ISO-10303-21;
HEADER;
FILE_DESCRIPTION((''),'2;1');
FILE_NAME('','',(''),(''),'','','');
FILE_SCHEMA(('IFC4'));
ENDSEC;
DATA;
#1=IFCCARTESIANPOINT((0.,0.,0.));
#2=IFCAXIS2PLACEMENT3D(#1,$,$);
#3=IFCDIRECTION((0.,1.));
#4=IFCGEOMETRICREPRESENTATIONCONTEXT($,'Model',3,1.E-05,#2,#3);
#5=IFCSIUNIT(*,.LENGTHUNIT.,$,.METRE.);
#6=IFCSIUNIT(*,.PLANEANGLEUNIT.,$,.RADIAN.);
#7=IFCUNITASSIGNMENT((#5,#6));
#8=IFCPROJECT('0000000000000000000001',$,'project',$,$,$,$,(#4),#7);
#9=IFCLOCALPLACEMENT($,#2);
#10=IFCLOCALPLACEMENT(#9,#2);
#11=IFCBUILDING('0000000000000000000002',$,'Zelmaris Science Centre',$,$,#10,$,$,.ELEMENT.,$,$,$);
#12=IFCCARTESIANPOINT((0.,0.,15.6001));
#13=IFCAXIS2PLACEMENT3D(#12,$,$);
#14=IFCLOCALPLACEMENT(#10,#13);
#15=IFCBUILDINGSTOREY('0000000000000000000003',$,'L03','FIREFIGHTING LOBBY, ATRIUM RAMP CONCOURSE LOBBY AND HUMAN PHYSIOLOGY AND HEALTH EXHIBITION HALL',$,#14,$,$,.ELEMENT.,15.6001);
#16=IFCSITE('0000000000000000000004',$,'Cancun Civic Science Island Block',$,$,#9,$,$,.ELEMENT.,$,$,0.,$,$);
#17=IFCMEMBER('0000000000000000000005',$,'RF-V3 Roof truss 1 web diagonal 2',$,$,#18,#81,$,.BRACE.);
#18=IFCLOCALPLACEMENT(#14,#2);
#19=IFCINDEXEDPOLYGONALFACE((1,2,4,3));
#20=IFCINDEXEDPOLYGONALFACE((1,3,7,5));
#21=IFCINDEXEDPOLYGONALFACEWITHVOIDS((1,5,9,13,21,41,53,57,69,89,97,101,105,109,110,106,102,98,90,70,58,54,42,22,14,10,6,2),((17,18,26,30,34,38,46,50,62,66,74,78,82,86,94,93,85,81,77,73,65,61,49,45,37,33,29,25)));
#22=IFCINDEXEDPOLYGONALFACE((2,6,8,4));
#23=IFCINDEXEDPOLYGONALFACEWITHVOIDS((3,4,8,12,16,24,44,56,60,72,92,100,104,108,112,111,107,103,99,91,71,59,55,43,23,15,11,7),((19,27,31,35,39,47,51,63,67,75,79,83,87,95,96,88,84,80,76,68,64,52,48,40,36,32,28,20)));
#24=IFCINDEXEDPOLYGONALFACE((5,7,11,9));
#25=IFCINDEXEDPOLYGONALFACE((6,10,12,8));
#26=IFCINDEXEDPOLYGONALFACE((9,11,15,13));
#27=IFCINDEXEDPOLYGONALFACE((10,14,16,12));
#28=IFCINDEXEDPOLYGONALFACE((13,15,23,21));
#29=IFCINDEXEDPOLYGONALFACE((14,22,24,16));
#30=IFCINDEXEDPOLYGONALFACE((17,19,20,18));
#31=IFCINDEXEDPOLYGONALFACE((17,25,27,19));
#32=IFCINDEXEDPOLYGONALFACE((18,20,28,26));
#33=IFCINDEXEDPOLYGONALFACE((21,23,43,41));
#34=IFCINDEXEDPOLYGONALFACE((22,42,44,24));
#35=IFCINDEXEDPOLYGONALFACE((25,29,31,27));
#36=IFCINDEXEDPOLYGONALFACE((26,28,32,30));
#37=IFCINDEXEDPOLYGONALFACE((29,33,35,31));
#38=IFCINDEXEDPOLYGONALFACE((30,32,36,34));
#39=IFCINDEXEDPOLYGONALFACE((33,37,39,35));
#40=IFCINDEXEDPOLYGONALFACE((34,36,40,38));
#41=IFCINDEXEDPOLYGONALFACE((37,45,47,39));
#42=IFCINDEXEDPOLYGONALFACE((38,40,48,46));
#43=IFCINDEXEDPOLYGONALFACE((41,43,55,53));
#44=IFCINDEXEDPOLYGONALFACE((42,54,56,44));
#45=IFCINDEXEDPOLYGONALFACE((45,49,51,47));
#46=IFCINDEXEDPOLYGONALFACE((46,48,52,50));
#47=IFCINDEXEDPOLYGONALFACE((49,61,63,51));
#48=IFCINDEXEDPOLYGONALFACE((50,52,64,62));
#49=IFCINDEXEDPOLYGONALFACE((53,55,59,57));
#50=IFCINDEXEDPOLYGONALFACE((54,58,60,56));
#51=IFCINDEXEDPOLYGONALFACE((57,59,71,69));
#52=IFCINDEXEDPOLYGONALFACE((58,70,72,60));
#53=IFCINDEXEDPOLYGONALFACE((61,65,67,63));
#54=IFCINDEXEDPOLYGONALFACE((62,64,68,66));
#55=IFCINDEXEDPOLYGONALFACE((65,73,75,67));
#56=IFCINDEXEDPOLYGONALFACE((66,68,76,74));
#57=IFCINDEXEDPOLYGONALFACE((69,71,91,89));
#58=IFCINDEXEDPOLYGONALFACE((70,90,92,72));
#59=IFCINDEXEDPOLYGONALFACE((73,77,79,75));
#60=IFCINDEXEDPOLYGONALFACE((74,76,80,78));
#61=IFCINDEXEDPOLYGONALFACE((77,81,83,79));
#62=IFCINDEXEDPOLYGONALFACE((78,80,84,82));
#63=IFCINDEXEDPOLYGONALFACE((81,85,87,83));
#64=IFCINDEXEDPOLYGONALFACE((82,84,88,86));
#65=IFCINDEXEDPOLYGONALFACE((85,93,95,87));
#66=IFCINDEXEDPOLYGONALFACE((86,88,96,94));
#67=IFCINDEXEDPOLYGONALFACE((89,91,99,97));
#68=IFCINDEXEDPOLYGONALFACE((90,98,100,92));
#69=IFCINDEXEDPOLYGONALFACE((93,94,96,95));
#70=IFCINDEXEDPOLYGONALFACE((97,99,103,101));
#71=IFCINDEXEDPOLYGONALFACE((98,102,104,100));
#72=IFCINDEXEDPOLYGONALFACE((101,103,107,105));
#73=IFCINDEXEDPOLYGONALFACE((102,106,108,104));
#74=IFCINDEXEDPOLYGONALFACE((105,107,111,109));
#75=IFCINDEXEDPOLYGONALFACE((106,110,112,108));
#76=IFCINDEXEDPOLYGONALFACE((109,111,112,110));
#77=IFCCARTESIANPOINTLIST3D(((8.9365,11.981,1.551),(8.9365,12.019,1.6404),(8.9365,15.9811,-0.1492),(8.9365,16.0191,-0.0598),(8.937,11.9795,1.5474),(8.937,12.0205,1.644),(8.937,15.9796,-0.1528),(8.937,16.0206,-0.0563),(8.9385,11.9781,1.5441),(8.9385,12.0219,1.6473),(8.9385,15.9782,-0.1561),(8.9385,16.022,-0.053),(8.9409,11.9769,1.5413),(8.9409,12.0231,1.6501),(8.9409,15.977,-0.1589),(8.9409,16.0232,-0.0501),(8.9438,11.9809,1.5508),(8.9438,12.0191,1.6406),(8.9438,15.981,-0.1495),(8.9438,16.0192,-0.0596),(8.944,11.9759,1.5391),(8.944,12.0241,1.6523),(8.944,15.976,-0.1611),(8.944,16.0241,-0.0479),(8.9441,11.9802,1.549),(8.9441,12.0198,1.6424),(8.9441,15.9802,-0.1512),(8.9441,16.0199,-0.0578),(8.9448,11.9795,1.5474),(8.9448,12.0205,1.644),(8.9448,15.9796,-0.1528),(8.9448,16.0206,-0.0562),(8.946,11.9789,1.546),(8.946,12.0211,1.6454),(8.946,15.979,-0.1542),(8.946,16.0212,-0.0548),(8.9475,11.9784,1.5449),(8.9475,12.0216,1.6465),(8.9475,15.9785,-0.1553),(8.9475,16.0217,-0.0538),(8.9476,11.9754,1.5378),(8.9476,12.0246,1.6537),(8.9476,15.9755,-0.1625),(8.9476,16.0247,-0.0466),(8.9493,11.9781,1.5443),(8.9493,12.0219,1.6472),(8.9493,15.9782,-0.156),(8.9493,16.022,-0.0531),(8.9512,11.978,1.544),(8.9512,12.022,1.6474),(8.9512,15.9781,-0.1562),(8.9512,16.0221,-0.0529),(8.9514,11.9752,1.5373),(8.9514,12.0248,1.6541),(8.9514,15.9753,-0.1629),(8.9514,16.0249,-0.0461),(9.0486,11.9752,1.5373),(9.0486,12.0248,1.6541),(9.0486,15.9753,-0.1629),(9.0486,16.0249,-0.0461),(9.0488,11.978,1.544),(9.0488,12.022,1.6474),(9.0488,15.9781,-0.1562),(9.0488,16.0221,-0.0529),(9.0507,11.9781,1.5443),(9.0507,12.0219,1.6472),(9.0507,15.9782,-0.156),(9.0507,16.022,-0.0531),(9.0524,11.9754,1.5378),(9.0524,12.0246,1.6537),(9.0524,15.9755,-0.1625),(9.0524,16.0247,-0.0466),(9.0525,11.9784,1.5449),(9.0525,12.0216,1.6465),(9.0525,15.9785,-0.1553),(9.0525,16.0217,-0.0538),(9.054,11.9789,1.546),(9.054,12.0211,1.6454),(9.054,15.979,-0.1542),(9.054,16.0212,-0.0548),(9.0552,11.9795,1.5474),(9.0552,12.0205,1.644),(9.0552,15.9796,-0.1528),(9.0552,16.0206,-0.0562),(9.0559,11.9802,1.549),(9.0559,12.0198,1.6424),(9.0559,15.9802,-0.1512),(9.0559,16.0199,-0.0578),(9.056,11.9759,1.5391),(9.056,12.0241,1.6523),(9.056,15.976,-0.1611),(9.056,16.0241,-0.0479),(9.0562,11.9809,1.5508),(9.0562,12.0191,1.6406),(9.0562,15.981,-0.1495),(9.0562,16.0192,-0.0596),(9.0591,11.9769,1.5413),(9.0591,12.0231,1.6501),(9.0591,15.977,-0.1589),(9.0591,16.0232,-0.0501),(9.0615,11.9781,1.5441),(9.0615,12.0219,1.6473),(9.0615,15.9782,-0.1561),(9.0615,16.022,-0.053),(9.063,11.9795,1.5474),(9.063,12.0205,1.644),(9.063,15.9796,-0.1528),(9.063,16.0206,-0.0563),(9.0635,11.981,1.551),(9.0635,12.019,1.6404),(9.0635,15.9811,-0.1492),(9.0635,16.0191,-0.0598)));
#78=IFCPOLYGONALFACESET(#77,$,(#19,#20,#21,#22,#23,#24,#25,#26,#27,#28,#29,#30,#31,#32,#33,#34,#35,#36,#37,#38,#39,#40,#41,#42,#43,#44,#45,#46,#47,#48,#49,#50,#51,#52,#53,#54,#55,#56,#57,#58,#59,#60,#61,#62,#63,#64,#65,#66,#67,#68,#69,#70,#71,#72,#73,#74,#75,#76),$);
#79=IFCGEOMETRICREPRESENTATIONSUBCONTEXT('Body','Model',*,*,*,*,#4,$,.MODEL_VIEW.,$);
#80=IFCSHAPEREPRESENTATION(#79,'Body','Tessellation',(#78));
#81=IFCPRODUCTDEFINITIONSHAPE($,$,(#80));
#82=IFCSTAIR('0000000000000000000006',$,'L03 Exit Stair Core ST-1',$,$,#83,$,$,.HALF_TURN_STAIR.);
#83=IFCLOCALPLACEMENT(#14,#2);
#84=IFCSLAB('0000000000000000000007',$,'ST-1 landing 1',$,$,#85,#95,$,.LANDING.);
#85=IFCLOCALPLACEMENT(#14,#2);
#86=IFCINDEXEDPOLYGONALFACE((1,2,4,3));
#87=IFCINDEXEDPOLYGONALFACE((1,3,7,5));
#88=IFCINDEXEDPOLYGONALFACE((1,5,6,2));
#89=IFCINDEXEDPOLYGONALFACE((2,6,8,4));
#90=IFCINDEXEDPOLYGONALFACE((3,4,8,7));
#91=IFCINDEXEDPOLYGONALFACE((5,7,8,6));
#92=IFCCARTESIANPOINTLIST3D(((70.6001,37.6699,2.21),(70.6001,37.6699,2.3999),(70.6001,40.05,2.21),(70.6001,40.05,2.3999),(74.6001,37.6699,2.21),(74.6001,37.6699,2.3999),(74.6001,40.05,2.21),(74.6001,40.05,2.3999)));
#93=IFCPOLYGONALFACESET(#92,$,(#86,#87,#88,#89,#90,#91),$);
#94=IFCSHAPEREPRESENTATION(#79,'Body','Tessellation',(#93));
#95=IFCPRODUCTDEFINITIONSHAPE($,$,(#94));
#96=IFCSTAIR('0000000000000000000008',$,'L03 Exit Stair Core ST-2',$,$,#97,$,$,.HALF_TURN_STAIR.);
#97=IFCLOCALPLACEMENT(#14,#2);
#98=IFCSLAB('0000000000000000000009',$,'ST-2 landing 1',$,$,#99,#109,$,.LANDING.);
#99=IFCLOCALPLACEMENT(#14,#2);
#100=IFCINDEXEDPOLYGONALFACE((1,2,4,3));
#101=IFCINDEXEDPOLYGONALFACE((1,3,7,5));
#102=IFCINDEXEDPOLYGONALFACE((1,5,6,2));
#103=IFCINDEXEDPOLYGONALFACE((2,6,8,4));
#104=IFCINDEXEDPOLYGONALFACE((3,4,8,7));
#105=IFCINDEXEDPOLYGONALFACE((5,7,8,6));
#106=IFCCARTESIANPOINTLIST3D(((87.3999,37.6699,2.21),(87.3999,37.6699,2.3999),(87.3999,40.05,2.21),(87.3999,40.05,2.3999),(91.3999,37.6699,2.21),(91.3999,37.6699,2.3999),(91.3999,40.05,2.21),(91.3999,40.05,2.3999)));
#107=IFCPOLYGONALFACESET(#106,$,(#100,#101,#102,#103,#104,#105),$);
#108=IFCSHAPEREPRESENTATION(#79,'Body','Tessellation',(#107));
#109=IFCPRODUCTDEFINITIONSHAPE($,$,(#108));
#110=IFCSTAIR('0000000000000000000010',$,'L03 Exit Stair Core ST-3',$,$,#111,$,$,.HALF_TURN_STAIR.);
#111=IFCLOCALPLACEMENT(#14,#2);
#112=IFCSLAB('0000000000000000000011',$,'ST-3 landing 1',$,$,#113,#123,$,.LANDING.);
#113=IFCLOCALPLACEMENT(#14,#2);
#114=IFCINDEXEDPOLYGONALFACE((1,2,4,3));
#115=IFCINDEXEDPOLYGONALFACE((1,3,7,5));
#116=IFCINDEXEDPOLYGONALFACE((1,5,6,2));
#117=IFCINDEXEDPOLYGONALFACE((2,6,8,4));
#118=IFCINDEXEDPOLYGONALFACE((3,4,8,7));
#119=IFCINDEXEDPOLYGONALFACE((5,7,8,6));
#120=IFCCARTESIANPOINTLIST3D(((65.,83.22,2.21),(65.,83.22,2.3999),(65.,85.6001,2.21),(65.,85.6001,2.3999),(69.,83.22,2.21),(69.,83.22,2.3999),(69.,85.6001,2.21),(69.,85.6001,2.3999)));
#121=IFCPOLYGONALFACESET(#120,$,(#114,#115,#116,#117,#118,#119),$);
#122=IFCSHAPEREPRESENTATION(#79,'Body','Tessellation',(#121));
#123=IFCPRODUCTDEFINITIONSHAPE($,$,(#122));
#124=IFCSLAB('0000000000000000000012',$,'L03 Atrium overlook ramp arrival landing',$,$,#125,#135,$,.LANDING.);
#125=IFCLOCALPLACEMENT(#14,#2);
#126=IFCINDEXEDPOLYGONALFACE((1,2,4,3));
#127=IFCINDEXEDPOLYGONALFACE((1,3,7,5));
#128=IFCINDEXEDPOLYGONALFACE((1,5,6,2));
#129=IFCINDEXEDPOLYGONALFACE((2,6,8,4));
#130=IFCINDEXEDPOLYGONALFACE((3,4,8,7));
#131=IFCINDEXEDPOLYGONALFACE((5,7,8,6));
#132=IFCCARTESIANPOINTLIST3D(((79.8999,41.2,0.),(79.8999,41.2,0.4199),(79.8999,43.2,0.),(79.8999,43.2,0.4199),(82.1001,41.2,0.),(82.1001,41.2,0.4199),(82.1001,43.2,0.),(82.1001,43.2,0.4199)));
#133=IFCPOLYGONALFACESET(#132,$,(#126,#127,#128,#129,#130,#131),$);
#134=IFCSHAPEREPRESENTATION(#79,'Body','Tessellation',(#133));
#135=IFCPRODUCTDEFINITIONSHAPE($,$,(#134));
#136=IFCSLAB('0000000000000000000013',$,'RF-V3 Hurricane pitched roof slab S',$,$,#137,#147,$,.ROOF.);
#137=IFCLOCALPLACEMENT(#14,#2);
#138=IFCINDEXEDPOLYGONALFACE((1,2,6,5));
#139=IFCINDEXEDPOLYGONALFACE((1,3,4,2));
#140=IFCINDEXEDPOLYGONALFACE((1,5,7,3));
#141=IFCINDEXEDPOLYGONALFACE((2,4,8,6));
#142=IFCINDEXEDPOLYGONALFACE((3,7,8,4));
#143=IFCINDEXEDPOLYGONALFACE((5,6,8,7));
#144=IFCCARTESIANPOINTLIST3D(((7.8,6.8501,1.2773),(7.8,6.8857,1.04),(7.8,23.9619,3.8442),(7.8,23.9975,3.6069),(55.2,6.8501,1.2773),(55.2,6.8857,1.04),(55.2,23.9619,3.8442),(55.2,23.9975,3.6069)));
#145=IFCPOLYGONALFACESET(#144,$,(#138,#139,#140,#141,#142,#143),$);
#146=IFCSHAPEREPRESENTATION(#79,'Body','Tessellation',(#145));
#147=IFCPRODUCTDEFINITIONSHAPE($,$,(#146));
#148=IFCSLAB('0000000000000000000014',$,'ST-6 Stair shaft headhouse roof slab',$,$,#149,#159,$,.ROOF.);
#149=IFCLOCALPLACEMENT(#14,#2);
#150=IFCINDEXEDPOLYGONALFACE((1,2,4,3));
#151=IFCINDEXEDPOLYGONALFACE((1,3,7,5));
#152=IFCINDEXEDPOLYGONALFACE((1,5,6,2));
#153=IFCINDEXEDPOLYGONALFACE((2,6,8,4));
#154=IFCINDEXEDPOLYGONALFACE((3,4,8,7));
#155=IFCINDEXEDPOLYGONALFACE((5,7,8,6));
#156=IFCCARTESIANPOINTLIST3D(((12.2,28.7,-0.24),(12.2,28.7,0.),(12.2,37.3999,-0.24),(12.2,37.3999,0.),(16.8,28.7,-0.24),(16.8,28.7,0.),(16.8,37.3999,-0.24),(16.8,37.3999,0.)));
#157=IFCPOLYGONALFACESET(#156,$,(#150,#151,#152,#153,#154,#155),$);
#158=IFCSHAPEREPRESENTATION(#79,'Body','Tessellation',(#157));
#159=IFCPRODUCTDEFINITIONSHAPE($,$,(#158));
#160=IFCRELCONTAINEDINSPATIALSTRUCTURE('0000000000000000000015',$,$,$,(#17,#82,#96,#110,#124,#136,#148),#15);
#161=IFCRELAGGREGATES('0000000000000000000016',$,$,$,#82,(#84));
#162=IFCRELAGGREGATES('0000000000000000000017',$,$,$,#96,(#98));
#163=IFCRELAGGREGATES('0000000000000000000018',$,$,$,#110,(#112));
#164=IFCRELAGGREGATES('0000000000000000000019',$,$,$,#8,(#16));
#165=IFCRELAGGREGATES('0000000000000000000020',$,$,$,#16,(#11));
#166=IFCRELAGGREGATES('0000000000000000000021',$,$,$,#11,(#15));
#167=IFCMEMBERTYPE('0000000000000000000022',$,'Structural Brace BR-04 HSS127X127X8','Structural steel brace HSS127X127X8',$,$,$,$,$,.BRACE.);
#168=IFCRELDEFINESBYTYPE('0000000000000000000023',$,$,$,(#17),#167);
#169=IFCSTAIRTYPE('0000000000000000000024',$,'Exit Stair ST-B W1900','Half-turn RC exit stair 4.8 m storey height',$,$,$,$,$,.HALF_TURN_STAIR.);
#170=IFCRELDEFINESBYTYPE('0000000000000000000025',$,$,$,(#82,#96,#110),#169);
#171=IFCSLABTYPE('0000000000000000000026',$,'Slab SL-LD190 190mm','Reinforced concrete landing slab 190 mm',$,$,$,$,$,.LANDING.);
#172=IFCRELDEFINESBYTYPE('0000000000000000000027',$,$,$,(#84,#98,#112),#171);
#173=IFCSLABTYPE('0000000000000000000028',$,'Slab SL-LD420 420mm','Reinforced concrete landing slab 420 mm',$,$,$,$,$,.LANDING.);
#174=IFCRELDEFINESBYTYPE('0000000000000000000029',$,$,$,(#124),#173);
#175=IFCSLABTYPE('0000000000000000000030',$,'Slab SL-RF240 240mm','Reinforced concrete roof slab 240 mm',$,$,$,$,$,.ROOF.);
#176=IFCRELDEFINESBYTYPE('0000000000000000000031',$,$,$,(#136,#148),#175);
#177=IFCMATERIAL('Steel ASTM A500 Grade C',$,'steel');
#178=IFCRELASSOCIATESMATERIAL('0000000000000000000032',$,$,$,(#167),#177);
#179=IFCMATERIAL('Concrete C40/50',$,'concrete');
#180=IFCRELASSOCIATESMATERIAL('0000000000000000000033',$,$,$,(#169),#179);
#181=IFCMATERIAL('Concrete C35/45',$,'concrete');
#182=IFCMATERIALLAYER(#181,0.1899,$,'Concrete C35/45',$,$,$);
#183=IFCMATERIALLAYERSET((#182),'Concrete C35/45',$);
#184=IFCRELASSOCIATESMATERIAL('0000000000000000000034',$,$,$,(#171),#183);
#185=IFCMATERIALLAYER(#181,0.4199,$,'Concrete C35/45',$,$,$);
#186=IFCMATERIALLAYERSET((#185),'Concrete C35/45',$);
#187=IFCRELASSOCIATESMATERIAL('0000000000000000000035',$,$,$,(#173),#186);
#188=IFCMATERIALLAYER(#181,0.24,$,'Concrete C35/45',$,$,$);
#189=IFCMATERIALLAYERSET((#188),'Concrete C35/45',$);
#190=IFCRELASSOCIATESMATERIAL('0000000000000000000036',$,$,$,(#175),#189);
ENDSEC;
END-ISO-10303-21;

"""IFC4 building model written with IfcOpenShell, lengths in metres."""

from ifc_helpers import new_model, si_unit, direction, frame, origin, origin_2d, place, context, subcontext, project, spatial, polyline, hollow_rectangle, outline, extrude, material, layer, layer_set, material_profile, profile_set, type_object, element, aggregate, save


model = new_model("IFC4")

# Units and contexts
model_context = context("Model", 3, precision=1e-05, world=origin(), true_north=direction((0.0, 1.0)))
body_context = subcontext(model_context, "Body", "Model", "MODEL_VIEW")
ifc_project = project(units=[si_unit("LENGTHUNIT", "METRE"), si_unit("PLANEANGLEUNIT", "RADIAN")], contexts=[model_context])

# Site, building, storey
site_placement = place(None, origin())
site = spatial("IfcSite", under=ifc_project, at=site_placement, Name="Cancun Civic Science Island Block", CompositionType="ELEMENT", RefElevation=0.0)
building_placement = place(site_placement, origin())
building = spatial("IfcBuilding", under=site, at=building_placement, Name="Zelmaris Science Centre", CompositionType="ELEMENT")
storey_placement = place(building_placement, frame((0.0, 0.0, 15.6001)))
storey = spatial("IfcBuildingStorey", under=building, at=storey_placement, Name="L03", Description="FIREFIGHTING LOBBY, ATRIUM RAMP CONCOURSE LOBBY AND HUMAN PHYSIOLOGY AND HEALTH EXHIBITION HALL", CompositionType="ELEMENT", Elevation=15.6001)

# Shared definitions
ifc_material_1 = material(Name="Steel ASTM A500 Grade C", Category="steel")

# Member
ifc_material_profile_1 = material_profile(ifc_material_1, hollow_rectangle(XDim=0.127, YDim=0.127, WallThickness=0.0073, InnerFilletRadius=0.0073, OuterFilletRadius=0.0149, at=origin_2d()), Name="HSS127X127X8")
ifc_profile_set_1 = profile_set([ifc_material_profile_1], Name="Steel ASTM A500 Grade C")
member_type_1 = type_object("IfcMemberType", Name="Structural Brace BR-04 HSS127X127X8", Description="Structural steel brace HSS127X127X8", PredefinedType="BRACE", material=ifc_profile_set_1)
for number, where, z_axis, x_axis, name in (
    (1, (9.0, 12.0, 1.5957), (0.0, 0.920315, -0.391179), (-1.0, 0.0, 0.0), "RF-V3 Roof truss 1 web diagonal 2"),
):
    element("IfcMember", number, at=place(storey_placement, frame(where, z_axis=z_axis, x_axis=x_axis)), inside=storey, type_object=member_type_1, Name=name, PredefinedType="BRACE", context=body_context, shape_type="SweptSolid", body=[
        extrude(hollow_rectangle(XDim=0.127, YDim=0.127, WallThickness=0.0073, InnerFilletRadius=0.0073, OuterFilletRadius=0.0149, at=origin_2d()), origin(), (0.0, 0.0, 1.0), 4.3464),
    ])

# Stairs, slabs
ifc_material_2 = material(Name="Concrete C40/50", Category="concrete")
stair_type = type_object("IfcStairType", Name="Exit Stair ST-B W1900", Description="Half-turn RC exit stair 4.8 m storey height", PredefinedType="HALF_TURN_STAIR", material=ifc_material_2)
stair_1_placement = place(storey_placement, origin())
stair_1 = element("IfcStair", 2, at=stair_1_placement, inside=storey, type_object=stair_type, Name="L03 Exit Stair Core ST-1", PredefinedType="HALF_TURN_STAIR")
ifc_material_3 = material(Name="Concrete C35/45", Category="concrete")
ifc_layer_1 = layer(ifc_material_3, 0.1899, Name="Concrete C35/45")
ifc_layer_set_1 = layer_set([ifc_layer_1], Name="Concrete C35/45")
slab_type_1 = type_object("IfcSlabType", Name="Slab SL-LD190 190mm", Description="Reinforced concrete landing slab 190 mm", PredefinedType="LANDING", material=ifc_layer_set_1)
slab_1_placement = place(storey_placement, frame((0.0, 0.0, 2.21)))
slab_1 = element("IfcSlab", 3, at=slab_1_placement, type_object=slab_type_1, Name="ST-1 landing 1", PredefinedType="LANDING", context=body_context, shape_type="SweptSolid", body=[
    extrude(outline(polyline([(74.6001, 37.6699), (74.6001, 40.05), (70.6001, 40.05), (70.6001, 37.6699), (74.6001, 37.6699)])), origin(), (0.0, 0.0, 1.0), 0.1899),
])
aggregate(stair_1, [slab_1])
stair_2_placement = place(storey_placement, origin())
stair_2 = element("IfcStair", 4, at=stair_2_placement, inside=storey, type_object=stair_type, Name="L03 Exit Stair Core ST-2", PredefinedType="HALF_TURN_STAIR")
slab_2_placement = place(storey_placement, frame((0.0, 0.0, 2.21)))
slab_2 = element("IfcSlab", 5, at=slab_2_placement, type_object=slab_type_1, Name="ST-2 landing 1", PredefinedType="LANDING", context=body_context, shape_type="SweptSolid", body=[
    extrude(outline(polyline([(91.3999, 37.6699), (91.3999, 40.05), (87.3999, 40.05), (87.3999, 37.6699), (91.3999, 37.6699)])), origin(), (0.0, 0.0, 1.0), 0.1899),
])
aggregate(stair_2, [slab_2])
stair_3_placement = place(storey_placement, origin())
stair_3 = element("IfcStair", 6, at=stair_3_placement, inside=storey, type_object=stair_type, Name="L03 Exit Stair Core ST-3", PredefinedType="HALF_TURN_STAIR")
slab_3_placement = place(storey_placement, frame((0.0, 0.0, 2.21)))
slab_3 = element("IfcSlab", 7, at=slab_3_placement, type_object=slab_type_1, Name="ST-3 landing 1", PredefinedType="LANDING", context=body_context, shape_type="SweptSolid", body=[
    extrude(outline(polyline([(69.0, 83.22), (69.0, 85.6001), (65.0, 85.6001), (65.0, 83.22), (69.0, 83.22)])), origin(), (0.0, 0.0, 1.0), 0.1899),
])
aggregate(stair_3, [slab_3])

# Slabs
ifc_layer_2 = layer(ifc_material_3, 0.4199, Name="Concrete C35/45")
ifc_layer_set_2 = layer_set([ifc_layer_2], Name="Concrete C35/45")
slab_type_2 = type_object("IfcSlabType", Name="Slab SL-LD420 420mm", Description="Reinforced concrete landing slab 420 mm", PredefinedType="LANDING", material=ifc_layer_set_2)
slab_4_placement = place(storey_placement, origin())
element("IfcSlab", 8, at=slab_4_placement, inside=storey, type_object=slab_type_2, Name="L03 Atrium overlook ramp arrival landing", PredefinedType="LANDING", context=body_context, shape_type="SweptSolid", body=[
    extrude(outline(polyline([(79.8999, 41.2), (82.1001, 41.2), (82.1001, 43.2), (79.8999, 43.2), (79.8999, 41.2)])), origin(), (0.0, 0.0, 1.0), 0.4199),
])
ifc_layer_3 = layer(ifc_material_3, 0.24, Name="Concrete C35/45")
ifc_layer_set_3 = layer_set([ifc_layer_3], Name="Concrete C35/45")
slab_type_3 = type_object("IfcSlabType", Name="Slab SL-RF240 240mm", Description="Reinforced concrete roof slab 240 mm", PredefinedType="ROOF", material=ifc_layer_set_3)
slab_5_placement = place(storey_placement, frame((7.8, 6.8501, 1.2773), z_axis=(0.0, -0.148347, 0.988935), x_axis=(1.0, 0.0, 0.0)))
element("IfcSlab", 9, at=slab_5_placement, inside=storey, type_object=slab_type_3, Name="RF-V3 Hurricane pitched roof slab S", PredefinedType="ROOF", context=body_context, shape_type="SweptSolid", body=[
    extrude(outline(polyline([(0.0, 0.0), (47.3999, 0.0), (47.3999, 17.3033), (0.0, 17.3033), (0.0, 0.0)])), origin(), (0.0, 0.0, -1.0), 0.24),
])
slab_6_placement = place(storey_placement, frame((0.0, 0.0, -0.24)))
element("IfcSlab", 10, at=slab_6_placement, inside=storey, type_object=slab_type_3, Name="ST-6 Stair shaft headhouse roof slab", PredefinedType="ROOF", context=body_context, shape_type="SweptSolid", body=[
    extrude(outline(polyline([(16.8, 28.7), (16.8, 37.3999), (12.2, 37.3999), (12.2, 28.7), (16.8, 28.7)])), origin(), (0.0, 0.0, 1.0), 0.24),
])

save(model, "model.ifc")
